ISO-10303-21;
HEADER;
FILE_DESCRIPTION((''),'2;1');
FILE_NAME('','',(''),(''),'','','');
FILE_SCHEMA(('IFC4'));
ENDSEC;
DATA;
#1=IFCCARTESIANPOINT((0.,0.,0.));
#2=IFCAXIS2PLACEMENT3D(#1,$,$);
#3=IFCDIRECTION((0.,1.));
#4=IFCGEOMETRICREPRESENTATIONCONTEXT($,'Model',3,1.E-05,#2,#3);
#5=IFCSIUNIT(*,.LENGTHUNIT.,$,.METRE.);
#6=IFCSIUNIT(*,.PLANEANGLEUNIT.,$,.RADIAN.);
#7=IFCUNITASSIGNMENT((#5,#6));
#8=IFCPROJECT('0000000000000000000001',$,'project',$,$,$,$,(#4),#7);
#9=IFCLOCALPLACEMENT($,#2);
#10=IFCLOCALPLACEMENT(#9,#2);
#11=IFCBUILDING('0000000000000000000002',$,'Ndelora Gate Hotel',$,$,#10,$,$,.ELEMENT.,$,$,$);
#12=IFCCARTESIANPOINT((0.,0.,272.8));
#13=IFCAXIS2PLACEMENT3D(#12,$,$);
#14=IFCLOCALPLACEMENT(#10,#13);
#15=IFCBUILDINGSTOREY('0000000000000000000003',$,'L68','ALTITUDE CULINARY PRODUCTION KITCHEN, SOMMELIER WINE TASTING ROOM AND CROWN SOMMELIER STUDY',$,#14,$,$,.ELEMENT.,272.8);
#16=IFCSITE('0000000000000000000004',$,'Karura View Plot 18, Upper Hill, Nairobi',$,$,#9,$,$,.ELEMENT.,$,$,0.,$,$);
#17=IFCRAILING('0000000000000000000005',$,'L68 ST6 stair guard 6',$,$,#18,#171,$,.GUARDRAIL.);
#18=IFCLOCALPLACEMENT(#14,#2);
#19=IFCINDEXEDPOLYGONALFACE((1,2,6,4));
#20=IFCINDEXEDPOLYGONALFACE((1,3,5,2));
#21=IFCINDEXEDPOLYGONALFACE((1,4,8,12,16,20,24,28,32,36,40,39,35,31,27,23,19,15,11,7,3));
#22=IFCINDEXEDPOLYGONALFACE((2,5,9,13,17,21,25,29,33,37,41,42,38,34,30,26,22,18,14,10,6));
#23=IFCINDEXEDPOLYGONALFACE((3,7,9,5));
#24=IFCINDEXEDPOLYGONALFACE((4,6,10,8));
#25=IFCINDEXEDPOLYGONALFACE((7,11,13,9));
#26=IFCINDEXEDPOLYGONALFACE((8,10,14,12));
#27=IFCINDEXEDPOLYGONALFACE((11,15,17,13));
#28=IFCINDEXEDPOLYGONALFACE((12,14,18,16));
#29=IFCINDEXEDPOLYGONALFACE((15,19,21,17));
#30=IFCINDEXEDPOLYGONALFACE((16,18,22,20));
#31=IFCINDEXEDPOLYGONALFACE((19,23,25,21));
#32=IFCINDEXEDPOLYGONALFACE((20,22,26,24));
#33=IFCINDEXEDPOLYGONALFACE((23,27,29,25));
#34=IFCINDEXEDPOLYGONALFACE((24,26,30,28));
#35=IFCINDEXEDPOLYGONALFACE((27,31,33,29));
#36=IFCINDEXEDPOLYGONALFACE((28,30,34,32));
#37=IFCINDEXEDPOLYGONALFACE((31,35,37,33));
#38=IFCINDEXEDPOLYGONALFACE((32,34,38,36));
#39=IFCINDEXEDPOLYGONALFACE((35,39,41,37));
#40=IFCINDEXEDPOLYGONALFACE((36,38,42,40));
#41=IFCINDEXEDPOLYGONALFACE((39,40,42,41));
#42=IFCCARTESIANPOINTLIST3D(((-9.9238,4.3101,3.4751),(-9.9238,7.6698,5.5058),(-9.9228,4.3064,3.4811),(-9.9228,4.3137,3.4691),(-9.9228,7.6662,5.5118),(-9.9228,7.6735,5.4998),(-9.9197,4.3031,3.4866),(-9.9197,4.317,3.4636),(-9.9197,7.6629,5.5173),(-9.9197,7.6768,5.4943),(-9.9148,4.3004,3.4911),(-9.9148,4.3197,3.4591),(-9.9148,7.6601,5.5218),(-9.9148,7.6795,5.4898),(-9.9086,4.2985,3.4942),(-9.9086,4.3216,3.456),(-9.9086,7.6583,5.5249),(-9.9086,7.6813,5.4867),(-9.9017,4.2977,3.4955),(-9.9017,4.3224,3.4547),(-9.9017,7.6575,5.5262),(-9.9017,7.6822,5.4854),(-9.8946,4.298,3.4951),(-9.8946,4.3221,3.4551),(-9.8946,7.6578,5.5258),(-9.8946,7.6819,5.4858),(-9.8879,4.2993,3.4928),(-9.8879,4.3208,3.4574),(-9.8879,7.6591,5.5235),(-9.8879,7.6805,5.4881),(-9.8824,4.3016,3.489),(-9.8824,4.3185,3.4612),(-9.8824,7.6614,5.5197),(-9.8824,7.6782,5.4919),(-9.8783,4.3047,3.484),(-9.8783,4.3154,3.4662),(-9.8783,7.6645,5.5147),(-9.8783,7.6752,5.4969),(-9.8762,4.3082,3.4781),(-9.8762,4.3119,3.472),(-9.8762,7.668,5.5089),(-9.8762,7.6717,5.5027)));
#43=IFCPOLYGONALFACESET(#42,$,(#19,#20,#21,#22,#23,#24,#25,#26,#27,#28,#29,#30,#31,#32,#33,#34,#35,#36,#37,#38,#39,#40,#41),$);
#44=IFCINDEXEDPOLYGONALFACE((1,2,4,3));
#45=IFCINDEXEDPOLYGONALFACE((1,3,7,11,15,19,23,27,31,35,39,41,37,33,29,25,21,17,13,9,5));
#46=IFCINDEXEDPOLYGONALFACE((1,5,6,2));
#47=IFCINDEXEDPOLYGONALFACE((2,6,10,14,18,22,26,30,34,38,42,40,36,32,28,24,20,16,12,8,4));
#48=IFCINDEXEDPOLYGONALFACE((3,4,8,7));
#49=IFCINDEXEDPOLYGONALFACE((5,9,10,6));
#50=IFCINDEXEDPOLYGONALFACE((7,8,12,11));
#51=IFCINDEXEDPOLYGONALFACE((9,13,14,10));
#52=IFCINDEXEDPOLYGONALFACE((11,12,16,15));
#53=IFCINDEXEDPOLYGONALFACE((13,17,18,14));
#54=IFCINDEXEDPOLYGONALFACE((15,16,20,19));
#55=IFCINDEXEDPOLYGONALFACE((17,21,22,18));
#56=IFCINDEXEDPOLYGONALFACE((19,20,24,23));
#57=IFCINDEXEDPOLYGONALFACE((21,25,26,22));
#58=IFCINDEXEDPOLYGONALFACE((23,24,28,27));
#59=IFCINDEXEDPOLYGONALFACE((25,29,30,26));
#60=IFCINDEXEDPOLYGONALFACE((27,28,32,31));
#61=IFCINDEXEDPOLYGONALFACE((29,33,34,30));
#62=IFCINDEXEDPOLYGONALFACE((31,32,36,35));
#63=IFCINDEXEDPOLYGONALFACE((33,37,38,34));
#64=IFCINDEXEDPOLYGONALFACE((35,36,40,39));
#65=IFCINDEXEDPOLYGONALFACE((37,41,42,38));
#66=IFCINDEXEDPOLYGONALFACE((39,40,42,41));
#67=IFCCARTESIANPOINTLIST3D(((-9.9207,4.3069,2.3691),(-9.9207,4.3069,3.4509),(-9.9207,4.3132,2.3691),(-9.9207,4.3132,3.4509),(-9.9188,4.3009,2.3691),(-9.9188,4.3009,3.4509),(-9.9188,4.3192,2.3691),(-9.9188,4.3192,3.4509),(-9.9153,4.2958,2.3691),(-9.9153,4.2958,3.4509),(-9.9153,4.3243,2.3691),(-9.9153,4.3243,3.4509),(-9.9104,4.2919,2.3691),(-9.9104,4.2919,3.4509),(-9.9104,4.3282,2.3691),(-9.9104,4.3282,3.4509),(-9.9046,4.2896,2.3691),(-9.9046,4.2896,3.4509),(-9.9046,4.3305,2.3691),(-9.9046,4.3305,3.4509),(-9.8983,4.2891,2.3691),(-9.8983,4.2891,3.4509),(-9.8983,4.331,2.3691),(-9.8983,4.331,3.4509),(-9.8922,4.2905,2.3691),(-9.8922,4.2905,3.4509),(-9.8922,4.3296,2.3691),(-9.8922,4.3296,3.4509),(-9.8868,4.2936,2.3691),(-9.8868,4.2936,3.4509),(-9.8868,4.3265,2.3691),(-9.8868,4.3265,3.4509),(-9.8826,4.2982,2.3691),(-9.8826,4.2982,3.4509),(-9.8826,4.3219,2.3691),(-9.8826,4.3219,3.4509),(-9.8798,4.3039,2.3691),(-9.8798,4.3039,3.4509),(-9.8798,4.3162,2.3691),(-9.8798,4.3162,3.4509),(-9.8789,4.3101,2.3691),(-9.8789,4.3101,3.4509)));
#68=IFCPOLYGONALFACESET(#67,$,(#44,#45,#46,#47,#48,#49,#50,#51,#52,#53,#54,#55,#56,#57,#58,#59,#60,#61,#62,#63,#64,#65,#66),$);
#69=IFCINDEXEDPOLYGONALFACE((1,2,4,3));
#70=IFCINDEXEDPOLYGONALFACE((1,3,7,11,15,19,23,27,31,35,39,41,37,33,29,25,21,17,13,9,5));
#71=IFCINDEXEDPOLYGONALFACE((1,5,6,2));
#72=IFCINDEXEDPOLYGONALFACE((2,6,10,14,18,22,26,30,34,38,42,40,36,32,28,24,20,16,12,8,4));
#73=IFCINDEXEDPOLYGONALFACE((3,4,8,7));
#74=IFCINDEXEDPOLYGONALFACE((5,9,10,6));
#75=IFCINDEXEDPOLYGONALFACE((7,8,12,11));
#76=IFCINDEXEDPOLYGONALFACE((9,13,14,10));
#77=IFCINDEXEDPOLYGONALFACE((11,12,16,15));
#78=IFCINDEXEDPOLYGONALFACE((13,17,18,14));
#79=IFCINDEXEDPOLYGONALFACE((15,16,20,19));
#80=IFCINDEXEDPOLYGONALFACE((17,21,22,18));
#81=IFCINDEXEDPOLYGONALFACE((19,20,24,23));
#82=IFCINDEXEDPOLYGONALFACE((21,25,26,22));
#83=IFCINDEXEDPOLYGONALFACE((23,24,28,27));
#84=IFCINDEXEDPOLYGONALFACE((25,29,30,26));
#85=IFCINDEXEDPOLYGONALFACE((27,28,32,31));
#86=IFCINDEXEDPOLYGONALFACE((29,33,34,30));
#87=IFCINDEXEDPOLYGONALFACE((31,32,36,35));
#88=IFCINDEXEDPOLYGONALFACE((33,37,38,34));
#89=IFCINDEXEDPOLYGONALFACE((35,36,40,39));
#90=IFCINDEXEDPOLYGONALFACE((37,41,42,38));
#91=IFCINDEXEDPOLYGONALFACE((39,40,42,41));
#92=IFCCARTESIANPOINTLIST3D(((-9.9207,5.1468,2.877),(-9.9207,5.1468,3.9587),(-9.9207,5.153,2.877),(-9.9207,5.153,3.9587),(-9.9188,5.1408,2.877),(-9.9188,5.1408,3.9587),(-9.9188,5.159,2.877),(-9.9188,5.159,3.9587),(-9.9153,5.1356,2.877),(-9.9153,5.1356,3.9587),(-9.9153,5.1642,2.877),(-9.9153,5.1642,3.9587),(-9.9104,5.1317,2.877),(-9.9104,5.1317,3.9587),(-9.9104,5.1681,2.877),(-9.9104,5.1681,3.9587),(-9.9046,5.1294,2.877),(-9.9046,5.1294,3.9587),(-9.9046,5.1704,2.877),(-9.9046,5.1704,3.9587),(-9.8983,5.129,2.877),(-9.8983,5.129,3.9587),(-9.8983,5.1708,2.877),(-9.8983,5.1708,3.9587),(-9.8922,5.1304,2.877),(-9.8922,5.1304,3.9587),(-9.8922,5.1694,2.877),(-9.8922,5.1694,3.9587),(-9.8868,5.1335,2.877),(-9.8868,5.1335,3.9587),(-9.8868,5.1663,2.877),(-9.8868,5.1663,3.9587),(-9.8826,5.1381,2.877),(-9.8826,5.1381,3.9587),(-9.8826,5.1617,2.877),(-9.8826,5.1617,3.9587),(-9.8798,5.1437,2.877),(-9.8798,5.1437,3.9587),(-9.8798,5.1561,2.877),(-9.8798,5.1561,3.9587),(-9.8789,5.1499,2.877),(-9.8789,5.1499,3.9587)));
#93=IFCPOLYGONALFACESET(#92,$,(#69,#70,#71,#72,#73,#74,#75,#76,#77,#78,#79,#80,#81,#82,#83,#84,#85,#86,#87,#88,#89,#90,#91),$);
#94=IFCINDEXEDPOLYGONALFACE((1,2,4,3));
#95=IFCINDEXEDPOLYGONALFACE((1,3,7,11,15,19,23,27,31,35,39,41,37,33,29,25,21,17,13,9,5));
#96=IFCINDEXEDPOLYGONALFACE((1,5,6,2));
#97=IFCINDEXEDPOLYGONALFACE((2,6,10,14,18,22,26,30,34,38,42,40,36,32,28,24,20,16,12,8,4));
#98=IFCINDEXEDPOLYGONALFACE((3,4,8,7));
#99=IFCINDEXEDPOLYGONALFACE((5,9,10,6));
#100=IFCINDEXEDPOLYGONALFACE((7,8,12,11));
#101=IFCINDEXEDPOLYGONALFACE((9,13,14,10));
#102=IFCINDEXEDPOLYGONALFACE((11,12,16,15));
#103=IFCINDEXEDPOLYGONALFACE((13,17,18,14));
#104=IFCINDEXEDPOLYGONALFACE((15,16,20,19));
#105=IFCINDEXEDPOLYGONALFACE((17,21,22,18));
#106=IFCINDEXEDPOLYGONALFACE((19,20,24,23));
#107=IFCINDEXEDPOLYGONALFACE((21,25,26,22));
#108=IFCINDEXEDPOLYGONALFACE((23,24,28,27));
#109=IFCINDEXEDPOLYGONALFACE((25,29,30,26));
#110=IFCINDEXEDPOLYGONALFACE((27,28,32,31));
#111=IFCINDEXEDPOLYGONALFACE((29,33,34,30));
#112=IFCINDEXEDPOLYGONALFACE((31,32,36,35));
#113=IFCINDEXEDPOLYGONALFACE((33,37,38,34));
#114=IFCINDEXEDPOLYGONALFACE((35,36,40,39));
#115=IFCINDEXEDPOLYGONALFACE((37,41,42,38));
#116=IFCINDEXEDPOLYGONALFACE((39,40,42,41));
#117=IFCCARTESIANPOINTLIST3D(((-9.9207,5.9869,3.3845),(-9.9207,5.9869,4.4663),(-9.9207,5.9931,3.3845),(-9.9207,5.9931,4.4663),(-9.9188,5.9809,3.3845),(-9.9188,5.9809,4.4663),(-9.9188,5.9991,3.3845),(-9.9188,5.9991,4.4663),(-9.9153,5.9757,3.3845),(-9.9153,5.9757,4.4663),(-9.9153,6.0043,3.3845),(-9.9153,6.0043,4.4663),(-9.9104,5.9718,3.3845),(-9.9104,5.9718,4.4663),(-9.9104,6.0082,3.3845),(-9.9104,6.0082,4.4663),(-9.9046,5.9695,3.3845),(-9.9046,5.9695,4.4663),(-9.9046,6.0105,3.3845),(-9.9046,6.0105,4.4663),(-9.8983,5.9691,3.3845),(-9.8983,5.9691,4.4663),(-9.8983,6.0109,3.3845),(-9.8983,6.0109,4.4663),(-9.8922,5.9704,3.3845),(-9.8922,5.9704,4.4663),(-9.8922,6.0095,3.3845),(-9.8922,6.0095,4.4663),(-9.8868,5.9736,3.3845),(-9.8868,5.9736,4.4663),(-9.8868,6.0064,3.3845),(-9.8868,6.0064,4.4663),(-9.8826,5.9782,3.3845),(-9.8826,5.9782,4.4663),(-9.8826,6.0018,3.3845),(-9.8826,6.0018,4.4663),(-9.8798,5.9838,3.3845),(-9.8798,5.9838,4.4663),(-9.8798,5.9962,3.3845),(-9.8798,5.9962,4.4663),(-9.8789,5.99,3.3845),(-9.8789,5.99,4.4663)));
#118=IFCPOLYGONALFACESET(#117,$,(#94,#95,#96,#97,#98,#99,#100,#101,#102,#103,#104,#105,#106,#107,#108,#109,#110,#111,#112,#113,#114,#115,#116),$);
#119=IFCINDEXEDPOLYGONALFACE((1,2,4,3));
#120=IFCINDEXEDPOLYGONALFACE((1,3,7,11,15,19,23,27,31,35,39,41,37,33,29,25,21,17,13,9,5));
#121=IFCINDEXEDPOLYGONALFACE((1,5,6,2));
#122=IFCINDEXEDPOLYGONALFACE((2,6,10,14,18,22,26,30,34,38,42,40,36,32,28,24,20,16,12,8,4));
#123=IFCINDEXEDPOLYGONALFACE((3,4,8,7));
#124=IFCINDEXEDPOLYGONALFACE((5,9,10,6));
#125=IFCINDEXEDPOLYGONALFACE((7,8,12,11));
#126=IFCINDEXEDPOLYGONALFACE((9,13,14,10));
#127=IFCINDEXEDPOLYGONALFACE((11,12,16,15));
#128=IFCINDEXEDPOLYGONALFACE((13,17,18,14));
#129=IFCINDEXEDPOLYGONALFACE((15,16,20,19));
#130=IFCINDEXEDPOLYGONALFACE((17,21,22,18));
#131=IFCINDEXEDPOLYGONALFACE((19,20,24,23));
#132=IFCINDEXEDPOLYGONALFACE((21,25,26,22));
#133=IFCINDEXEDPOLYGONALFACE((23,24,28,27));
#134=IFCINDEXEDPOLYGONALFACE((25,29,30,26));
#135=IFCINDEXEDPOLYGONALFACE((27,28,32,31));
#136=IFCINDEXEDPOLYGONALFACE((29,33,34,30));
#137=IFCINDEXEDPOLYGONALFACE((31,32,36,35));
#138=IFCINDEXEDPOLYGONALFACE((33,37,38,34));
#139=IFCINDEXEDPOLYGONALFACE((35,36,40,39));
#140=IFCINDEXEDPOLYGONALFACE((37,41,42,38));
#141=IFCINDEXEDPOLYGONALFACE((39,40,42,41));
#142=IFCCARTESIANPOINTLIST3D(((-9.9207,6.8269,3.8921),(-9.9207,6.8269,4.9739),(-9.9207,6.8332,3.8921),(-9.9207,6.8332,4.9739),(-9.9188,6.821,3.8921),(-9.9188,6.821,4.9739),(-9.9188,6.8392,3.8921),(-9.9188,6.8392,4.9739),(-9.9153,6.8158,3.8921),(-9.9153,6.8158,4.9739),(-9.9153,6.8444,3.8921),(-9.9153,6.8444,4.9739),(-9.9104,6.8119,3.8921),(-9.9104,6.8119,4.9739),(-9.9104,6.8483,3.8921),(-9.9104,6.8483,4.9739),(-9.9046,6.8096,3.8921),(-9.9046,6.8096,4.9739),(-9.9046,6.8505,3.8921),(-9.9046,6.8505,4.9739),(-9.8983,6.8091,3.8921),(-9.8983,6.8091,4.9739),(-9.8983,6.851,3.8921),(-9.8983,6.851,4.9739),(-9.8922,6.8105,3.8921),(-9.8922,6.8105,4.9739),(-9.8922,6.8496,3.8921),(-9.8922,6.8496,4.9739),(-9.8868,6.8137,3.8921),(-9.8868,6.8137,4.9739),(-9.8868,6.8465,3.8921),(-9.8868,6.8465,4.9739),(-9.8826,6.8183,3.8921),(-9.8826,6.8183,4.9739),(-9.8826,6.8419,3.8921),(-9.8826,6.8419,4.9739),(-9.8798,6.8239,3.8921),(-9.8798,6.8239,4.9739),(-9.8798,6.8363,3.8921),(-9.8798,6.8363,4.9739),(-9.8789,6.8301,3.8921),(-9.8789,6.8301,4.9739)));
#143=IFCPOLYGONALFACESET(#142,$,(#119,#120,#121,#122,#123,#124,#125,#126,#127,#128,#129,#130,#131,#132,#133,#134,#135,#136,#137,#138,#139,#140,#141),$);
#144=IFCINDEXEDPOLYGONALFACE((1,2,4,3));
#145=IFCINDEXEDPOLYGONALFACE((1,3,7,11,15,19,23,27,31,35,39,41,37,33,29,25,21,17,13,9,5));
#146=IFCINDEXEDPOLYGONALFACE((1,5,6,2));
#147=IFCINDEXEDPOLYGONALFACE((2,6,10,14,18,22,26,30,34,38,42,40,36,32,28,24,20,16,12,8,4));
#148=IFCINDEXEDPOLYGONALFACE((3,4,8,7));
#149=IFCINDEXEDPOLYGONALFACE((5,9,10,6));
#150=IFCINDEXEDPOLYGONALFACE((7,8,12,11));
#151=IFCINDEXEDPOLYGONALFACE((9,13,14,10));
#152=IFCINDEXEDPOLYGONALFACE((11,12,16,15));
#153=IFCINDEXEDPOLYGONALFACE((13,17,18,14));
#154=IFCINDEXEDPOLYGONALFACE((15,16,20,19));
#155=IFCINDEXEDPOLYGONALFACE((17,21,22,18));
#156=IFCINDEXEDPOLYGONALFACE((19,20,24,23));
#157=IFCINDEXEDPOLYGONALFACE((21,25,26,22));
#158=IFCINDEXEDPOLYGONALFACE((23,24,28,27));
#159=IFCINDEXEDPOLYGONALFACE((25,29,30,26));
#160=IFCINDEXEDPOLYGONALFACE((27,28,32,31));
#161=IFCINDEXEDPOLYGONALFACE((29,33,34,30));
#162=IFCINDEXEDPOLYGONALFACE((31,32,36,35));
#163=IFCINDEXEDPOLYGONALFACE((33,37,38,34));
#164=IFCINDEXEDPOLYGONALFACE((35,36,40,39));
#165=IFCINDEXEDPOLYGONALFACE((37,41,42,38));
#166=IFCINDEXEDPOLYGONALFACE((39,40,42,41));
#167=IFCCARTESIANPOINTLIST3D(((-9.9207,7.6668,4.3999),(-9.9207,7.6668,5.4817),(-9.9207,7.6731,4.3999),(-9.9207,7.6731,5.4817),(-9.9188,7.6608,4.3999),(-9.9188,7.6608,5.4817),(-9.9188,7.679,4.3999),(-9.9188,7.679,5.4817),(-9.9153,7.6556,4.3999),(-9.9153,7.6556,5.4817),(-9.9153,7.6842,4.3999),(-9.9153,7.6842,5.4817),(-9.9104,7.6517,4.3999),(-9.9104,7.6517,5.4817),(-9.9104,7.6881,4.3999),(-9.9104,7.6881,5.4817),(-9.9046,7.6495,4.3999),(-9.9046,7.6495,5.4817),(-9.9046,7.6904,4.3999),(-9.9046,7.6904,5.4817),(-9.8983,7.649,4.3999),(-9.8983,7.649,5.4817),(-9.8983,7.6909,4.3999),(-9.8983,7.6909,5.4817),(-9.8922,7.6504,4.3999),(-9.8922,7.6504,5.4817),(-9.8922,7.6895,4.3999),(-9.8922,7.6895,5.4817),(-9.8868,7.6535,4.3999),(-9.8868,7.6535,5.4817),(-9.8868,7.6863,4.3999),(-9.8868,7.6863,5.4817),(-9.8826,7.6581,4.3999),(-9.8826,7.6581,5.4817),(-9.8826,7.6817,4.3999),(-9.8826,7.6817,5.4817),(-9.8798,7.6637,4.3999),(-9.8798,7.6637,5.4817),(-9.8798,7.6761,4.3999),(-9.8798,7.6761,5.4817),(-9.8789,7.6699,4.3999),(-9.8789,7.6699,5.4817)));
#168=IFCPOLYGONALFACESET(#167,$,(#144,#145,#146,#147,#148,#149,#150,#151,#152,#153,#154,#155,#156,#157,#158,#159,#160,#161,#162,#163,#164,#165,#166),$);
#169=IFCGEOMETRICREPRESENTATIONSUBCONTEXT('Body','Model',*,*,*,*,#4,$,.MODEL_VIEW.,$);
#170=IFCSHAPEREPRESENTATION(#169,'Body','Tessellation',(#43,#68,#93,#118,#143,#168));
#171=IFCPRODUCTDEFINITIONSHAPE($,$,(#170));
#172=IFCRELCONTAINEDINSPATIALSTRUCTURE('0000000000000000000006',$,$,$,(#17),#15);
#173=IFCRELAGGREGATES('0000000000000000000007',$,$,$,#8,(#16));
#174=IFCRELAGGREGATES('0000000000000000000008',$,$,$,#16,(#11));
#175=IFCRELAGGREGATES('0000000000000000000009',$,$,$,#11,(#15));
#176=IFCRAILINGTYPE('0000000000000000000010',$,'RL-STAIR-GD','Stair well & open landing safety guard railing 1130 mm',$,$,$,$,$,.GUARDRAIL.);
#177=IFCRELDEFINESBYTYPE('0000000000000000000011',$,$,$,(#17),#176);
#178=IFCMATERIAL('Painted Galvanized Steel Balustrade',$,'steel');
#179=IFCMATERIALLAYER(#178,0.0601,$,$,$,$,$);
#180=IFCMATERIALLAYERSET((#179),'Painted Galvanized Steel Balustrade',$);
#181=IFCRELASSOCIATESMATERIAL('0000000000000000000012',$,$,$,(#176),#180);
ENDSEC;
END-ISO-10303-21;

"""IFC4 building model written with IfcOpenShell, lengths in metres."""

from ifc_helpers import new_model, si_unit, direction, frame, origin, origin_2d, place, context, subcontext, project, spatial, circle, extrude, material, layer, layer_set, type_object, element, save


model = new_model("IFC4")

# Units and contexts
model_context = context("Model", 3, precision=1e-05, world=origin(), true_north=direction((0.0, 1.0)))
body_context = subcontext(model_context, "Body", "Model", "MODEL_VIEW")
ifc_project = project(units=[si_unit("LENGTHUNIT", "METRE"), si_unit("PLANEANGLEUNIT", "RADIAN")], contexts=[model_context])

# Site, building, storey
site_placement = place(None, origin())
site = spatial("IfcSite", under=ifc_project, at=site_placement, Name="Karura View Plot 18, Upper Hill, Nairobi", CompositionType="ELEMENT", RefElevation=0.0)
building_placement = place(site_placement, origin())
building = spatial("IfcBuilding", under=site, at=building_placement, Name="Ndelora Gate Hotel", CompositionType="ELEMENT")
storey_placement = place(building_placement, frame((0.0, 0.0, 272.8)))
storey = spatial("IfcBuildingStorey", under=building, at=storey_placement, Name="L68", Description="ALTITUDE CULINARY PRODUCTION KITCHEN, SOMMELIER WINE TASTING ROOM AND CROWN SOMMELIER STUDY", CompositionType="ELEMENT", Elevation=272.8)

# Railing
ifc_material_1 = material(Name="Painted Galvanized Steel Balustrade", Category="steel")
ifc_layer_1 = layer(ifc_material_1, 0.0601)
ifc_layer_set_1 = layer_set([ifc_layer_1], Name="Painted Galvanized Steel Balustrade")
railing_type_1 = type_object("IfcRailingType", Name="RL-STAIR-GD", Description="Stair well & open landing safety guard railing 1130 mm", PredefinedType="GUARDRAIL", material=ifc_layer_set_1)
railing_1_placement = place(storey_placement, frame((-9.8999, 4.3101, 2.3691)))
element("IfcRailing", 1, at=railing_1_placement, inside=storey, type_object=railing_type_1, Name="L68 ST6 stair guard 6", PredefinedType="GUARDRAIL", context=body_context, shape_type="SweptSolid", body=[
    extrude(circle(Radius=0.0239, at=origin_2d()), frame((0.0, 0.0, 1.106), z_axis=(0.0, 0.85582, 0.517273), x_axis=(-1.0, 0.0, 0.0)), (0.0, 0.0, 1.0), 3.9258),
    extrude(circle(Radius=0.021, at=origin_2d()), origin(), (0.0, 0.0, 1.0), 1.0818),
    extrude(circle(Radius=0.021, at=origin_2d()), frame((0.0, 0.8398, 0.5078)), (0.0, 0.0, 1.0), 1.0818),
    extrude(circle(Radius=0.021, at=origin_2d()), frame((0.0, 1.6799, 1.0154)), (0.0, 0.0, 1.0), 1.0818),
    extrude(circle(Radius=0.021, at=origin_2d()), frame((0.0, 2.52, 1.5229)), (0.0, 0.0, 1.0), 1.0818),
    extrude(circle(Radius=0.021, at=origin_2d()), frame((0.0, 3.3599, 2.0308)), (0.0, 0.0, 1.0), 1.0818),
])

save(model, "model.ifc")
